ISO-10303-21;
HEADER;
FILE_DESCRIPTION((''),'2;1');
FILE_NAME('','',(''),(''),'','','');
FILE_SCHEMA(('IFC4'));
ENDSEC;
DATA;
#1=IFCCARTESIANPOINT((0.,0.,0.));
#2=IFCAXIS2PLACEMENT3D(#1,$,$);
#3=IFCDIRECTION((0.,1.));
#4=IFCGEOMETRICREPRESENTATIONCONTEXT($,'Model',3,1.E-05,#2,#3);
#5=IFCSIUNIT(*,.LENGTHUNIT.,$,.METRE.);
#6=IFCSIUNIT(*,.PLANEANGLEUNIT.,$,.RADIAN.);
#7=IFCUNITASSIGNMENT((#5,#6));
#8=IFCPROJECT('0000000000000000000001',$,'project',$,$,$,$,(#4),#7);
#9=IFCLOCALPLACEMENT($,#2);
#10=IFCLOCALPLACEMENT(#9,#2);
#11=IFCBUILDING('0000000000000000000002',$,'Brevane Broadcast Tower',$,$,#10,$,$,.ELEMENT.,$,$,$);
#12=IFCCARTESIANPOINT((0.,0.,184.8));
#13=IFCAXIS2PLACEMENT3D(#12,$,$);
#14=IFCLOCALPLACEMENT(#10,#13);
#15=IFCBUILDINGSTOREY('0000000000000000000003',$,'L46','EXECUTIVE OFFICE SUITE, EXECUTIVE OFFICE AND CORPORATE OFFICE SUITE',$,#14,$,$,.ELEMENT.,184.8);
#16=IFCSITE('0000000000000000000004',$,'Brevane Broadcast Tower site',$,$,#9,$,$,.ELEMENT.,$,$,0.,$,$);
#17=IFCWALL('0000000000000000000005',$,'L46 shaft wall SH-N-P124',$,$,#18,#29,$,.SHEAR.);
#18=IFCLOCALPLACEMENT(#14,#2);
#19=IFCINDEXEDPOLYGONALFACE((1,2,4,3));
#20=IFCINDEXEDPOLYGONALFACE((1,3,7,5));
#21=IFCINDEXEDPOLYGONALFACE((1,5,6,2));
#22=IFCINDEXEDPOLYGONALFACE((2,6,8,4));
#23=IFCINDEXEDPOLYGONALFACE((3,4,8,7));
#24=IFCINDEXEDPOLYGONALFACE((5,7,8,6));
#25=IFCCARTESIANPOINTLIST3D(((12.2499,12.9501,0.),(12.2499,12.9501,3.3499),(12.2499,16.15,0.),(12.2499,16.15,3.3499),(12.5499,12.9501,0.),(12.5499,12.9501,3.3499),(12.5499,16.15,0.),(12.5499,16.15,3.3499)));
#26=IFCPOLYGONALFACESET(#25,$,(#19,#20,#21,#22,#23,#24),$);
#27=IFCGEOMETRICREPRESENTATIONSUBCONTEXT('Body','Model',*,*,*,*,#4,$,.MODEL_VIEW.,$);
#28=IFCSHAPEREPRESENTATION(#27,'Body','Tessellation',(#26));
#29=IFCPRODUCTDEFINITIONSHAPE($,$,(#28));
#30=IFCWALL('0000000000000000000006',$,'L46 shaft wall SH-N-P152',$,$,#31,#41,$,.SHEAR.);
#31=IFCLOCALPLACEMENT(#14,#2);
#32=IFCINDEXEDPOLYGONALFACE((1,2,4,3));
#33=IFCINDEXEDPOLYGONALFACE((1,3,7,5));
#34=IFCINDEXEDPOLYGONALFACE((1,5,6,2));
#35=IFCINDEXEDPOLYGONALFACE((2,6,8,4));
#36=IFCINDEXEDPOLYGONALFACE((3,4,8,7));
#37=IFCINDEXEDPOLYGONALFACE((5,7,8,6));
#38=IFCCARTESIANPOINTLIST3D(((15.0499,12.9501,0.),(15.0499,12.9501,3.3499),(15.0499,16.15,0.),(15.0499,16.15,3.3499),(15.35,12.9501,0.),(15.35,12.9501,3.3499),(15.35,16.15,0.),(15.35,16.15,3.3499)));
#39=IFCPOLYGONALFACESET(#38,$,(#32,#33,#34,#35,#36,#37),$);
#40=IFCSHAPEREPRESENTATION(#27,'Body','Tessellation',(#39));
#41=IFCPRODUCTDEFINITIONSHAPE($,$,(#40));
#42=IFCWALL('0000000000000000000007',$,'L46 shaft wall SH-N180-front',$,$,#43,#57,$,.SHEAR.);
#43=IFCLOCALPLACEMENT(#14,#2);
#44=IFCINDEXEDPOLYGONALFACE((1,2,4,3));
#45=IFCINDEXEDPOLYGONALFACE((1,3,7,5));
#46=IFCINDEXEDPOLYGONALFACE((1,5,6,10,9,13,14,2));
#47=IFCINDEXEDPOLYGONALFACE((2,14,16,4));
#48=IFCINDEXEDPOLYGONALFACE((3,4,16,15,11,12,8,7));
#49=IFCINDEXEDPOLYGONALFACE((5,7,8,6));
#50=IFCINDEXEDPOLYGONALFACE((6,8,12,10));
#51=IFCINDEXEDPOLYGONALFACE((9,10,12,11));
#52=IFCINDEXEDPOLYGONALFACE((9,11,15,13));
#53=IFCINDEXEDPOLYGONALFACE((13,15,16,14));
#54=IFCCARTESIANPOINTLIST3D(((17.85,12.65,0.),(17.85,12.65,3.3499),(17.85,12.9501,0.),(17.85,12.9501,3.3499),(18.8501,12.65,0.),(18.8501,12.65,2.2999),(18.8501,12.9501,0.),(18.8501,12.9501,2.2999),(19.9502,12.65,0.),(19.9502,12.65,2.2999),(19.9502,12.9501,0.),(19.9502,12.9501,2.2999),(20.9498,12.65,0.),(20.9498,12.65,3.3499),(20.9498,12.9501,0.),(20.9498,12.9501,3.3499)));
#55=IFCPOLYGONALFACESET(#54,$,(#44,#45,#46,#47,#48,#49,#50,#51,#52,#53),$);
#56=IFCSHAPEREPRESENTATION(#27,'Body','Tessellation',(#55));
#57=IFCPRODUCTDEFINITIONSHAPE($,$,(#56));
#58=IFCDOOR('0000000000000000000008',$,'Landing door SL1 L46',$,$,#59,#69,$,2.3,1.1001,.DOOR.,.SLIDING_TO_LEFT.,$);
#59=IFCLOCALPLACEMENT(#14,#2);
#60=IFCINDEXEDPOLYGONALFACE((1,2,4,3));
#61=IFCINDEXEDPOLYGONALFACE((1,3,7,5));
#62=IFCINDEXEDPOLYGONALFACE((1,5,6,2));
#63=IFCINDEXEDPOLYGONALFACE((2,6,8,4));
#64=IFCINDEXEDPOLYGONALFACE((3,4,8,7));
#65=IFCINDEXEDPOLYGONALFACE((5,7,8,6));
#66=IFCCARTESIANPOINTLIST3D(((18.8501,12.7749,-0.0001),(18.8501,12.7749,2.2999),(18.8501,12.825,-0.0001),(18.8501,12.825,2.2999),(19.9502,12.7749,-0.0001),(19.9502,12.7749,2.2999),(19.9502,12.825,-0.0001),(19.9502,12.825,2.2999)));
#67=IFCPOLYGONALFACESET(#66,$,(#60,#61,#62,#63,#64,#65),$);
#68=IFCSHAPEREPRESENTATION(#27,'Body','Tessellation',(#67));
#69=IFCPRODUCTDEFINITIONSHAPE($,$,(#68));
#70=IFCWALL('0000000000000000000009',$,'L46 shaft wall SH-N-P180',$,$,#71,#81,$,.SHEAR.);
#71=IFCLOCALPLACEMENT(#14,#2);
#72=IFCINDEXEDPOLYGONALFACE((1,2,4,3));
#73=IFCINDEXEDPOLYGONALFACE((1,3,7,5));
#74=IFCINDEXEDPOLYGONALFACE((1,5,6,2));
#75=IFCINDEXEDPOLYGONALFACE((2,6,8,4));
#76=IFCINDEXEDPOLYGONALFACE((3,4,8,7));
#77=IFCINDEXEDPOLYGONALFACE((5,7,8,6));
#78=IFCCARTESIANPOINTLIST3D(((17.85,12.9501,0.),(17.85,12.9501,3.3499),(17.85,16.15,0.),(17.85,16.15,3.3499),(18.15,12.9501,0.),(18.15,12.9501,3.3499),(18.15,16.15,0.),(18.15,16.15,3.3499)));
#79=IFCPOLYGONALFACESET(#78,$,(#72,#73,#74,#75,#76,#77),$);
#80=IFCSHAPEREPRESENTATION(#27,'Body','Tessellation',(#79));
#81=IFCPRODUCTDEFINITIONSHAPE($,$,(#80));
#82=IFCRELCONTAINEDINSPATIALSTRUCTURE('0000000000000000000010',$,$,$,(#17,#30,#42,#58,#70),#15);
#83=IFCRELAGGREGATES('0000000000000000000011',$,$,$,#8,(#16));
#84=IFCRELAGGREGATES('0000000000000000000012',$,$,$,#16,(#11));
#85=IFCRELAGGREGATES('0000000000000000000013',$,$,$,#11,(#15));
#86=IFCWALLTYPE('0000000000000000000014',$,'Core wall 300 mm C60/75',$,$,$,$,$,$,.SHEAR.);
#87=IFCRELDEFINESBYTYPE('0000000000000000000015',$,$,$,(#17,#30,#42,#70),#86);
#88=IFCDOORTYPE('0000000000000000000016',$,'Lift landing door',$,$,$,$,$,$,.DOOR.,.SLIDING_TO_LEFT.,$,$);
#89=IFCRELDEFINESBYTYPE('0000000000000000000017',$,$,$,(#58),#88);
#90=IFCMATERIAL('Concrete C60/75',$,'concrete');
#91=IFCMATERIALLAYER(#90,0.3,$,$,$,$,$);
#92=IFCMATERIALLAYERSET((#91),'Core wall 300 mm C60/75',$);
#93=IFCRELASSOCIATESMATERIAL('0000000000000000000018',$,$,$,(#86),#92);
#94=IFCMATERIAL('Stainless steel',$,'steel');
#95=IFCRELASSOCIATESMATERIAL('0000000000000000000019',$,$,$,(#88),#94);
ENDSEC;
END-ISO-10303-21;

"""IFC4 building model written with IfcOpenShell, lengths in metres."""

from ifc_helpers import new_model, si_unit, direction, frame, frame_2d, origin, place, context, subcontext, project, spatial, rectangle, extrude, material, layer, layer_set, type_object, element, fill, save


model = new_model("IFC4")

# Units and contexts
model_context = context("Model", 3, precision=1e-05, world=origin(), true_north=direction((0.0, 1.0)))
body_context = subcontext(model_context, "Body", "Model", "MODEL_VIEW")
ifc_project = project(units=[si_unit("LENGTHUNIT", "METRE"), si_unit("PLANEANGLEUNIT", "RADIAN")], contexts=[model_context])

# Site, building, storey
site_placement = place(None, origin())
site = spatial("IfcSite", under=ifc_project, at=site_placement, Name="Brevane Broadcast Tower site", CompositionType="ELEMENT", RefElevation=0.0)
building_placement = place(site_placement, origin())
building = spatial("IfcBuilding", under=site, at=building_placement, Name="Brevane Broadcast Tower", CompositionType="ELEMENT")
storey_placement = place(building_placement, frame((0.0, 0.0, 184.8)))
storey = spatial("IfcBuildingStorey", under=building, at=storey_placement, Name="L46", Description="EXECUTIVE OFFICE SUITE, EXECUTIVE OFFICE AND CORPORATE OFFICE SUITE", CompositionType="ELEMENT", Elevation=184.8)

# Walls
ifc_material_1 = material(Name="Concrete C60/75", Category="concrete")
ifc_layer_1 = layer(ifc_material_1, 0.3)
ifc_layer_set_1 = layer_set([ifc_layer_1], Name="Core wall 300 mm C60/75")
wall_type_1 = type_object("IfcWallType", Name="Core wall 300 mm C60/75", PredefinedType="SHEAR", material=ifc_layer_set_1)
for number, where, z_axis, x_axis, name in (
    (1, (12.3999, 12.95, 0.0), (0.0, 0.0, 1.0), (0.0, 1.0, 0.0), "L46 shaft wall SH-N-P124"),
    (2, (15.2, 12.95, 0.0), (0.0, 0.0, 1.0), (0.0, 1.0, 0.0), "L46 shaft wall SH-N-P152"),
):
    element("IfcWall", number, at=place(storey_placement, frame(where, z_axis=z_axis, x_axis=x_axis)), inside=storey, type_object=wall_type_1, Name=name, PredefinedType="SHEAR", context=body_context, shape_type="SweptSolid", body=[
        extrude(rectangle(XDim=3.2, YDim=0.3, at=frame_2d((1.6001, 0.0))), origin(), (0.0, 0.0, 1.0), 3.3499),
    ])

# Wall, opening, door
wall_1_placement = place(storey_placement, frame((17.8501, 12.8, 0.0), z_axis=(0.0, 0.0, 1.0), x_axis=(1.0, 0.0, 0.0)))
wall_1 = element("IfcWall", 3, at=wall_1_placement, inside=storey, type_object=wall_type_1, Name="L46 shaft wall SH-N180-front", PredefinedType="SHEAR", context=body_context, shape_type="SweptSolid", body=[
    extrude(rectangle(XDim=3.0999, YDim=0.3, at=frame_2d((1.5498, 0.0))), origin(), (0.0, 0.0, 1.0), 3.3499),
])
opening_1_placement = place(wall_1_placement, frame((1.0, 0.0, 0.0)))
opening_1 = element("IfcOpeningElement", 4, at=opening_1_placement, cuts=wall_1, PredefinedType="OPENING", context=body_context, shape_type="SweptSolid", body=[
    extrude(rectangle(XDim=1.1001, YDim=2.3, at=frame_2d((0.55, 1.1499))), frame((0.0, 0.1599, 0.0), z_axis=(0.0, -1.0, 0.0), x_axis=(1.0, 0.0, 0.0)), (0.0, 0.0, 1.0), 0.3201),
])
ifc_material_2 = material(Name="Stainless steel", Category="steel")
door_type_1 = type_object("IfcDoorType", Name="Lift landing door", OperationType="SLIDING_TO_LEFT", PredefinedType="DOOR", material=ifc_material_2)
door_1_placement = place(opening_1_placement, origin())
door_1 = element("IfcDoor", 5, at=door_1_placement, inside=storey, type_object=door_type_1, Name="Landing door SL1 L46", OperationType="SLIDING_TO_LEFT", OverallHeight=2.3, OverallWidth=1.1001, PredefinedType="DOOR", context=body_context, shape_type="SweptSolid", body=[
    extrude(rectangle(XDim=1.1001, YDim=2.3, at=frame_2d((0.55, 1.1499))), frame((0.0, 0.0249, 0.0), z_axis=(0.0, -1.0, 0.0), x_axis=(1.0, 0.0, 0.0)), (0.0, 0.0, 1.0), 0.05),
])
fill(opening_1, door_1)

# Wall
wall_2_placement = place(storey_placement, frame((18.0, 12.95, 0.0), z_axis=(0.0, 0.0, 1.0), x_axis=(0.0, 1.0, 0.0)))
element("IfcWall", 6, at=wall_2_placement, inside=storey, type_object=wall_type_1, Name="L46 shaft wall SH-N-P180", PredefinedType="SHEAR", context=body_context, shape_type="SweptSolid", body=[
    extrude(rectangle(XDim=3.2, YDim=0.3, at=frame_2d((1.6001, 0.0))), origin(), (0.0, 0.0, 1.0), 3.3499),
])

save(model, "model.ifc")
